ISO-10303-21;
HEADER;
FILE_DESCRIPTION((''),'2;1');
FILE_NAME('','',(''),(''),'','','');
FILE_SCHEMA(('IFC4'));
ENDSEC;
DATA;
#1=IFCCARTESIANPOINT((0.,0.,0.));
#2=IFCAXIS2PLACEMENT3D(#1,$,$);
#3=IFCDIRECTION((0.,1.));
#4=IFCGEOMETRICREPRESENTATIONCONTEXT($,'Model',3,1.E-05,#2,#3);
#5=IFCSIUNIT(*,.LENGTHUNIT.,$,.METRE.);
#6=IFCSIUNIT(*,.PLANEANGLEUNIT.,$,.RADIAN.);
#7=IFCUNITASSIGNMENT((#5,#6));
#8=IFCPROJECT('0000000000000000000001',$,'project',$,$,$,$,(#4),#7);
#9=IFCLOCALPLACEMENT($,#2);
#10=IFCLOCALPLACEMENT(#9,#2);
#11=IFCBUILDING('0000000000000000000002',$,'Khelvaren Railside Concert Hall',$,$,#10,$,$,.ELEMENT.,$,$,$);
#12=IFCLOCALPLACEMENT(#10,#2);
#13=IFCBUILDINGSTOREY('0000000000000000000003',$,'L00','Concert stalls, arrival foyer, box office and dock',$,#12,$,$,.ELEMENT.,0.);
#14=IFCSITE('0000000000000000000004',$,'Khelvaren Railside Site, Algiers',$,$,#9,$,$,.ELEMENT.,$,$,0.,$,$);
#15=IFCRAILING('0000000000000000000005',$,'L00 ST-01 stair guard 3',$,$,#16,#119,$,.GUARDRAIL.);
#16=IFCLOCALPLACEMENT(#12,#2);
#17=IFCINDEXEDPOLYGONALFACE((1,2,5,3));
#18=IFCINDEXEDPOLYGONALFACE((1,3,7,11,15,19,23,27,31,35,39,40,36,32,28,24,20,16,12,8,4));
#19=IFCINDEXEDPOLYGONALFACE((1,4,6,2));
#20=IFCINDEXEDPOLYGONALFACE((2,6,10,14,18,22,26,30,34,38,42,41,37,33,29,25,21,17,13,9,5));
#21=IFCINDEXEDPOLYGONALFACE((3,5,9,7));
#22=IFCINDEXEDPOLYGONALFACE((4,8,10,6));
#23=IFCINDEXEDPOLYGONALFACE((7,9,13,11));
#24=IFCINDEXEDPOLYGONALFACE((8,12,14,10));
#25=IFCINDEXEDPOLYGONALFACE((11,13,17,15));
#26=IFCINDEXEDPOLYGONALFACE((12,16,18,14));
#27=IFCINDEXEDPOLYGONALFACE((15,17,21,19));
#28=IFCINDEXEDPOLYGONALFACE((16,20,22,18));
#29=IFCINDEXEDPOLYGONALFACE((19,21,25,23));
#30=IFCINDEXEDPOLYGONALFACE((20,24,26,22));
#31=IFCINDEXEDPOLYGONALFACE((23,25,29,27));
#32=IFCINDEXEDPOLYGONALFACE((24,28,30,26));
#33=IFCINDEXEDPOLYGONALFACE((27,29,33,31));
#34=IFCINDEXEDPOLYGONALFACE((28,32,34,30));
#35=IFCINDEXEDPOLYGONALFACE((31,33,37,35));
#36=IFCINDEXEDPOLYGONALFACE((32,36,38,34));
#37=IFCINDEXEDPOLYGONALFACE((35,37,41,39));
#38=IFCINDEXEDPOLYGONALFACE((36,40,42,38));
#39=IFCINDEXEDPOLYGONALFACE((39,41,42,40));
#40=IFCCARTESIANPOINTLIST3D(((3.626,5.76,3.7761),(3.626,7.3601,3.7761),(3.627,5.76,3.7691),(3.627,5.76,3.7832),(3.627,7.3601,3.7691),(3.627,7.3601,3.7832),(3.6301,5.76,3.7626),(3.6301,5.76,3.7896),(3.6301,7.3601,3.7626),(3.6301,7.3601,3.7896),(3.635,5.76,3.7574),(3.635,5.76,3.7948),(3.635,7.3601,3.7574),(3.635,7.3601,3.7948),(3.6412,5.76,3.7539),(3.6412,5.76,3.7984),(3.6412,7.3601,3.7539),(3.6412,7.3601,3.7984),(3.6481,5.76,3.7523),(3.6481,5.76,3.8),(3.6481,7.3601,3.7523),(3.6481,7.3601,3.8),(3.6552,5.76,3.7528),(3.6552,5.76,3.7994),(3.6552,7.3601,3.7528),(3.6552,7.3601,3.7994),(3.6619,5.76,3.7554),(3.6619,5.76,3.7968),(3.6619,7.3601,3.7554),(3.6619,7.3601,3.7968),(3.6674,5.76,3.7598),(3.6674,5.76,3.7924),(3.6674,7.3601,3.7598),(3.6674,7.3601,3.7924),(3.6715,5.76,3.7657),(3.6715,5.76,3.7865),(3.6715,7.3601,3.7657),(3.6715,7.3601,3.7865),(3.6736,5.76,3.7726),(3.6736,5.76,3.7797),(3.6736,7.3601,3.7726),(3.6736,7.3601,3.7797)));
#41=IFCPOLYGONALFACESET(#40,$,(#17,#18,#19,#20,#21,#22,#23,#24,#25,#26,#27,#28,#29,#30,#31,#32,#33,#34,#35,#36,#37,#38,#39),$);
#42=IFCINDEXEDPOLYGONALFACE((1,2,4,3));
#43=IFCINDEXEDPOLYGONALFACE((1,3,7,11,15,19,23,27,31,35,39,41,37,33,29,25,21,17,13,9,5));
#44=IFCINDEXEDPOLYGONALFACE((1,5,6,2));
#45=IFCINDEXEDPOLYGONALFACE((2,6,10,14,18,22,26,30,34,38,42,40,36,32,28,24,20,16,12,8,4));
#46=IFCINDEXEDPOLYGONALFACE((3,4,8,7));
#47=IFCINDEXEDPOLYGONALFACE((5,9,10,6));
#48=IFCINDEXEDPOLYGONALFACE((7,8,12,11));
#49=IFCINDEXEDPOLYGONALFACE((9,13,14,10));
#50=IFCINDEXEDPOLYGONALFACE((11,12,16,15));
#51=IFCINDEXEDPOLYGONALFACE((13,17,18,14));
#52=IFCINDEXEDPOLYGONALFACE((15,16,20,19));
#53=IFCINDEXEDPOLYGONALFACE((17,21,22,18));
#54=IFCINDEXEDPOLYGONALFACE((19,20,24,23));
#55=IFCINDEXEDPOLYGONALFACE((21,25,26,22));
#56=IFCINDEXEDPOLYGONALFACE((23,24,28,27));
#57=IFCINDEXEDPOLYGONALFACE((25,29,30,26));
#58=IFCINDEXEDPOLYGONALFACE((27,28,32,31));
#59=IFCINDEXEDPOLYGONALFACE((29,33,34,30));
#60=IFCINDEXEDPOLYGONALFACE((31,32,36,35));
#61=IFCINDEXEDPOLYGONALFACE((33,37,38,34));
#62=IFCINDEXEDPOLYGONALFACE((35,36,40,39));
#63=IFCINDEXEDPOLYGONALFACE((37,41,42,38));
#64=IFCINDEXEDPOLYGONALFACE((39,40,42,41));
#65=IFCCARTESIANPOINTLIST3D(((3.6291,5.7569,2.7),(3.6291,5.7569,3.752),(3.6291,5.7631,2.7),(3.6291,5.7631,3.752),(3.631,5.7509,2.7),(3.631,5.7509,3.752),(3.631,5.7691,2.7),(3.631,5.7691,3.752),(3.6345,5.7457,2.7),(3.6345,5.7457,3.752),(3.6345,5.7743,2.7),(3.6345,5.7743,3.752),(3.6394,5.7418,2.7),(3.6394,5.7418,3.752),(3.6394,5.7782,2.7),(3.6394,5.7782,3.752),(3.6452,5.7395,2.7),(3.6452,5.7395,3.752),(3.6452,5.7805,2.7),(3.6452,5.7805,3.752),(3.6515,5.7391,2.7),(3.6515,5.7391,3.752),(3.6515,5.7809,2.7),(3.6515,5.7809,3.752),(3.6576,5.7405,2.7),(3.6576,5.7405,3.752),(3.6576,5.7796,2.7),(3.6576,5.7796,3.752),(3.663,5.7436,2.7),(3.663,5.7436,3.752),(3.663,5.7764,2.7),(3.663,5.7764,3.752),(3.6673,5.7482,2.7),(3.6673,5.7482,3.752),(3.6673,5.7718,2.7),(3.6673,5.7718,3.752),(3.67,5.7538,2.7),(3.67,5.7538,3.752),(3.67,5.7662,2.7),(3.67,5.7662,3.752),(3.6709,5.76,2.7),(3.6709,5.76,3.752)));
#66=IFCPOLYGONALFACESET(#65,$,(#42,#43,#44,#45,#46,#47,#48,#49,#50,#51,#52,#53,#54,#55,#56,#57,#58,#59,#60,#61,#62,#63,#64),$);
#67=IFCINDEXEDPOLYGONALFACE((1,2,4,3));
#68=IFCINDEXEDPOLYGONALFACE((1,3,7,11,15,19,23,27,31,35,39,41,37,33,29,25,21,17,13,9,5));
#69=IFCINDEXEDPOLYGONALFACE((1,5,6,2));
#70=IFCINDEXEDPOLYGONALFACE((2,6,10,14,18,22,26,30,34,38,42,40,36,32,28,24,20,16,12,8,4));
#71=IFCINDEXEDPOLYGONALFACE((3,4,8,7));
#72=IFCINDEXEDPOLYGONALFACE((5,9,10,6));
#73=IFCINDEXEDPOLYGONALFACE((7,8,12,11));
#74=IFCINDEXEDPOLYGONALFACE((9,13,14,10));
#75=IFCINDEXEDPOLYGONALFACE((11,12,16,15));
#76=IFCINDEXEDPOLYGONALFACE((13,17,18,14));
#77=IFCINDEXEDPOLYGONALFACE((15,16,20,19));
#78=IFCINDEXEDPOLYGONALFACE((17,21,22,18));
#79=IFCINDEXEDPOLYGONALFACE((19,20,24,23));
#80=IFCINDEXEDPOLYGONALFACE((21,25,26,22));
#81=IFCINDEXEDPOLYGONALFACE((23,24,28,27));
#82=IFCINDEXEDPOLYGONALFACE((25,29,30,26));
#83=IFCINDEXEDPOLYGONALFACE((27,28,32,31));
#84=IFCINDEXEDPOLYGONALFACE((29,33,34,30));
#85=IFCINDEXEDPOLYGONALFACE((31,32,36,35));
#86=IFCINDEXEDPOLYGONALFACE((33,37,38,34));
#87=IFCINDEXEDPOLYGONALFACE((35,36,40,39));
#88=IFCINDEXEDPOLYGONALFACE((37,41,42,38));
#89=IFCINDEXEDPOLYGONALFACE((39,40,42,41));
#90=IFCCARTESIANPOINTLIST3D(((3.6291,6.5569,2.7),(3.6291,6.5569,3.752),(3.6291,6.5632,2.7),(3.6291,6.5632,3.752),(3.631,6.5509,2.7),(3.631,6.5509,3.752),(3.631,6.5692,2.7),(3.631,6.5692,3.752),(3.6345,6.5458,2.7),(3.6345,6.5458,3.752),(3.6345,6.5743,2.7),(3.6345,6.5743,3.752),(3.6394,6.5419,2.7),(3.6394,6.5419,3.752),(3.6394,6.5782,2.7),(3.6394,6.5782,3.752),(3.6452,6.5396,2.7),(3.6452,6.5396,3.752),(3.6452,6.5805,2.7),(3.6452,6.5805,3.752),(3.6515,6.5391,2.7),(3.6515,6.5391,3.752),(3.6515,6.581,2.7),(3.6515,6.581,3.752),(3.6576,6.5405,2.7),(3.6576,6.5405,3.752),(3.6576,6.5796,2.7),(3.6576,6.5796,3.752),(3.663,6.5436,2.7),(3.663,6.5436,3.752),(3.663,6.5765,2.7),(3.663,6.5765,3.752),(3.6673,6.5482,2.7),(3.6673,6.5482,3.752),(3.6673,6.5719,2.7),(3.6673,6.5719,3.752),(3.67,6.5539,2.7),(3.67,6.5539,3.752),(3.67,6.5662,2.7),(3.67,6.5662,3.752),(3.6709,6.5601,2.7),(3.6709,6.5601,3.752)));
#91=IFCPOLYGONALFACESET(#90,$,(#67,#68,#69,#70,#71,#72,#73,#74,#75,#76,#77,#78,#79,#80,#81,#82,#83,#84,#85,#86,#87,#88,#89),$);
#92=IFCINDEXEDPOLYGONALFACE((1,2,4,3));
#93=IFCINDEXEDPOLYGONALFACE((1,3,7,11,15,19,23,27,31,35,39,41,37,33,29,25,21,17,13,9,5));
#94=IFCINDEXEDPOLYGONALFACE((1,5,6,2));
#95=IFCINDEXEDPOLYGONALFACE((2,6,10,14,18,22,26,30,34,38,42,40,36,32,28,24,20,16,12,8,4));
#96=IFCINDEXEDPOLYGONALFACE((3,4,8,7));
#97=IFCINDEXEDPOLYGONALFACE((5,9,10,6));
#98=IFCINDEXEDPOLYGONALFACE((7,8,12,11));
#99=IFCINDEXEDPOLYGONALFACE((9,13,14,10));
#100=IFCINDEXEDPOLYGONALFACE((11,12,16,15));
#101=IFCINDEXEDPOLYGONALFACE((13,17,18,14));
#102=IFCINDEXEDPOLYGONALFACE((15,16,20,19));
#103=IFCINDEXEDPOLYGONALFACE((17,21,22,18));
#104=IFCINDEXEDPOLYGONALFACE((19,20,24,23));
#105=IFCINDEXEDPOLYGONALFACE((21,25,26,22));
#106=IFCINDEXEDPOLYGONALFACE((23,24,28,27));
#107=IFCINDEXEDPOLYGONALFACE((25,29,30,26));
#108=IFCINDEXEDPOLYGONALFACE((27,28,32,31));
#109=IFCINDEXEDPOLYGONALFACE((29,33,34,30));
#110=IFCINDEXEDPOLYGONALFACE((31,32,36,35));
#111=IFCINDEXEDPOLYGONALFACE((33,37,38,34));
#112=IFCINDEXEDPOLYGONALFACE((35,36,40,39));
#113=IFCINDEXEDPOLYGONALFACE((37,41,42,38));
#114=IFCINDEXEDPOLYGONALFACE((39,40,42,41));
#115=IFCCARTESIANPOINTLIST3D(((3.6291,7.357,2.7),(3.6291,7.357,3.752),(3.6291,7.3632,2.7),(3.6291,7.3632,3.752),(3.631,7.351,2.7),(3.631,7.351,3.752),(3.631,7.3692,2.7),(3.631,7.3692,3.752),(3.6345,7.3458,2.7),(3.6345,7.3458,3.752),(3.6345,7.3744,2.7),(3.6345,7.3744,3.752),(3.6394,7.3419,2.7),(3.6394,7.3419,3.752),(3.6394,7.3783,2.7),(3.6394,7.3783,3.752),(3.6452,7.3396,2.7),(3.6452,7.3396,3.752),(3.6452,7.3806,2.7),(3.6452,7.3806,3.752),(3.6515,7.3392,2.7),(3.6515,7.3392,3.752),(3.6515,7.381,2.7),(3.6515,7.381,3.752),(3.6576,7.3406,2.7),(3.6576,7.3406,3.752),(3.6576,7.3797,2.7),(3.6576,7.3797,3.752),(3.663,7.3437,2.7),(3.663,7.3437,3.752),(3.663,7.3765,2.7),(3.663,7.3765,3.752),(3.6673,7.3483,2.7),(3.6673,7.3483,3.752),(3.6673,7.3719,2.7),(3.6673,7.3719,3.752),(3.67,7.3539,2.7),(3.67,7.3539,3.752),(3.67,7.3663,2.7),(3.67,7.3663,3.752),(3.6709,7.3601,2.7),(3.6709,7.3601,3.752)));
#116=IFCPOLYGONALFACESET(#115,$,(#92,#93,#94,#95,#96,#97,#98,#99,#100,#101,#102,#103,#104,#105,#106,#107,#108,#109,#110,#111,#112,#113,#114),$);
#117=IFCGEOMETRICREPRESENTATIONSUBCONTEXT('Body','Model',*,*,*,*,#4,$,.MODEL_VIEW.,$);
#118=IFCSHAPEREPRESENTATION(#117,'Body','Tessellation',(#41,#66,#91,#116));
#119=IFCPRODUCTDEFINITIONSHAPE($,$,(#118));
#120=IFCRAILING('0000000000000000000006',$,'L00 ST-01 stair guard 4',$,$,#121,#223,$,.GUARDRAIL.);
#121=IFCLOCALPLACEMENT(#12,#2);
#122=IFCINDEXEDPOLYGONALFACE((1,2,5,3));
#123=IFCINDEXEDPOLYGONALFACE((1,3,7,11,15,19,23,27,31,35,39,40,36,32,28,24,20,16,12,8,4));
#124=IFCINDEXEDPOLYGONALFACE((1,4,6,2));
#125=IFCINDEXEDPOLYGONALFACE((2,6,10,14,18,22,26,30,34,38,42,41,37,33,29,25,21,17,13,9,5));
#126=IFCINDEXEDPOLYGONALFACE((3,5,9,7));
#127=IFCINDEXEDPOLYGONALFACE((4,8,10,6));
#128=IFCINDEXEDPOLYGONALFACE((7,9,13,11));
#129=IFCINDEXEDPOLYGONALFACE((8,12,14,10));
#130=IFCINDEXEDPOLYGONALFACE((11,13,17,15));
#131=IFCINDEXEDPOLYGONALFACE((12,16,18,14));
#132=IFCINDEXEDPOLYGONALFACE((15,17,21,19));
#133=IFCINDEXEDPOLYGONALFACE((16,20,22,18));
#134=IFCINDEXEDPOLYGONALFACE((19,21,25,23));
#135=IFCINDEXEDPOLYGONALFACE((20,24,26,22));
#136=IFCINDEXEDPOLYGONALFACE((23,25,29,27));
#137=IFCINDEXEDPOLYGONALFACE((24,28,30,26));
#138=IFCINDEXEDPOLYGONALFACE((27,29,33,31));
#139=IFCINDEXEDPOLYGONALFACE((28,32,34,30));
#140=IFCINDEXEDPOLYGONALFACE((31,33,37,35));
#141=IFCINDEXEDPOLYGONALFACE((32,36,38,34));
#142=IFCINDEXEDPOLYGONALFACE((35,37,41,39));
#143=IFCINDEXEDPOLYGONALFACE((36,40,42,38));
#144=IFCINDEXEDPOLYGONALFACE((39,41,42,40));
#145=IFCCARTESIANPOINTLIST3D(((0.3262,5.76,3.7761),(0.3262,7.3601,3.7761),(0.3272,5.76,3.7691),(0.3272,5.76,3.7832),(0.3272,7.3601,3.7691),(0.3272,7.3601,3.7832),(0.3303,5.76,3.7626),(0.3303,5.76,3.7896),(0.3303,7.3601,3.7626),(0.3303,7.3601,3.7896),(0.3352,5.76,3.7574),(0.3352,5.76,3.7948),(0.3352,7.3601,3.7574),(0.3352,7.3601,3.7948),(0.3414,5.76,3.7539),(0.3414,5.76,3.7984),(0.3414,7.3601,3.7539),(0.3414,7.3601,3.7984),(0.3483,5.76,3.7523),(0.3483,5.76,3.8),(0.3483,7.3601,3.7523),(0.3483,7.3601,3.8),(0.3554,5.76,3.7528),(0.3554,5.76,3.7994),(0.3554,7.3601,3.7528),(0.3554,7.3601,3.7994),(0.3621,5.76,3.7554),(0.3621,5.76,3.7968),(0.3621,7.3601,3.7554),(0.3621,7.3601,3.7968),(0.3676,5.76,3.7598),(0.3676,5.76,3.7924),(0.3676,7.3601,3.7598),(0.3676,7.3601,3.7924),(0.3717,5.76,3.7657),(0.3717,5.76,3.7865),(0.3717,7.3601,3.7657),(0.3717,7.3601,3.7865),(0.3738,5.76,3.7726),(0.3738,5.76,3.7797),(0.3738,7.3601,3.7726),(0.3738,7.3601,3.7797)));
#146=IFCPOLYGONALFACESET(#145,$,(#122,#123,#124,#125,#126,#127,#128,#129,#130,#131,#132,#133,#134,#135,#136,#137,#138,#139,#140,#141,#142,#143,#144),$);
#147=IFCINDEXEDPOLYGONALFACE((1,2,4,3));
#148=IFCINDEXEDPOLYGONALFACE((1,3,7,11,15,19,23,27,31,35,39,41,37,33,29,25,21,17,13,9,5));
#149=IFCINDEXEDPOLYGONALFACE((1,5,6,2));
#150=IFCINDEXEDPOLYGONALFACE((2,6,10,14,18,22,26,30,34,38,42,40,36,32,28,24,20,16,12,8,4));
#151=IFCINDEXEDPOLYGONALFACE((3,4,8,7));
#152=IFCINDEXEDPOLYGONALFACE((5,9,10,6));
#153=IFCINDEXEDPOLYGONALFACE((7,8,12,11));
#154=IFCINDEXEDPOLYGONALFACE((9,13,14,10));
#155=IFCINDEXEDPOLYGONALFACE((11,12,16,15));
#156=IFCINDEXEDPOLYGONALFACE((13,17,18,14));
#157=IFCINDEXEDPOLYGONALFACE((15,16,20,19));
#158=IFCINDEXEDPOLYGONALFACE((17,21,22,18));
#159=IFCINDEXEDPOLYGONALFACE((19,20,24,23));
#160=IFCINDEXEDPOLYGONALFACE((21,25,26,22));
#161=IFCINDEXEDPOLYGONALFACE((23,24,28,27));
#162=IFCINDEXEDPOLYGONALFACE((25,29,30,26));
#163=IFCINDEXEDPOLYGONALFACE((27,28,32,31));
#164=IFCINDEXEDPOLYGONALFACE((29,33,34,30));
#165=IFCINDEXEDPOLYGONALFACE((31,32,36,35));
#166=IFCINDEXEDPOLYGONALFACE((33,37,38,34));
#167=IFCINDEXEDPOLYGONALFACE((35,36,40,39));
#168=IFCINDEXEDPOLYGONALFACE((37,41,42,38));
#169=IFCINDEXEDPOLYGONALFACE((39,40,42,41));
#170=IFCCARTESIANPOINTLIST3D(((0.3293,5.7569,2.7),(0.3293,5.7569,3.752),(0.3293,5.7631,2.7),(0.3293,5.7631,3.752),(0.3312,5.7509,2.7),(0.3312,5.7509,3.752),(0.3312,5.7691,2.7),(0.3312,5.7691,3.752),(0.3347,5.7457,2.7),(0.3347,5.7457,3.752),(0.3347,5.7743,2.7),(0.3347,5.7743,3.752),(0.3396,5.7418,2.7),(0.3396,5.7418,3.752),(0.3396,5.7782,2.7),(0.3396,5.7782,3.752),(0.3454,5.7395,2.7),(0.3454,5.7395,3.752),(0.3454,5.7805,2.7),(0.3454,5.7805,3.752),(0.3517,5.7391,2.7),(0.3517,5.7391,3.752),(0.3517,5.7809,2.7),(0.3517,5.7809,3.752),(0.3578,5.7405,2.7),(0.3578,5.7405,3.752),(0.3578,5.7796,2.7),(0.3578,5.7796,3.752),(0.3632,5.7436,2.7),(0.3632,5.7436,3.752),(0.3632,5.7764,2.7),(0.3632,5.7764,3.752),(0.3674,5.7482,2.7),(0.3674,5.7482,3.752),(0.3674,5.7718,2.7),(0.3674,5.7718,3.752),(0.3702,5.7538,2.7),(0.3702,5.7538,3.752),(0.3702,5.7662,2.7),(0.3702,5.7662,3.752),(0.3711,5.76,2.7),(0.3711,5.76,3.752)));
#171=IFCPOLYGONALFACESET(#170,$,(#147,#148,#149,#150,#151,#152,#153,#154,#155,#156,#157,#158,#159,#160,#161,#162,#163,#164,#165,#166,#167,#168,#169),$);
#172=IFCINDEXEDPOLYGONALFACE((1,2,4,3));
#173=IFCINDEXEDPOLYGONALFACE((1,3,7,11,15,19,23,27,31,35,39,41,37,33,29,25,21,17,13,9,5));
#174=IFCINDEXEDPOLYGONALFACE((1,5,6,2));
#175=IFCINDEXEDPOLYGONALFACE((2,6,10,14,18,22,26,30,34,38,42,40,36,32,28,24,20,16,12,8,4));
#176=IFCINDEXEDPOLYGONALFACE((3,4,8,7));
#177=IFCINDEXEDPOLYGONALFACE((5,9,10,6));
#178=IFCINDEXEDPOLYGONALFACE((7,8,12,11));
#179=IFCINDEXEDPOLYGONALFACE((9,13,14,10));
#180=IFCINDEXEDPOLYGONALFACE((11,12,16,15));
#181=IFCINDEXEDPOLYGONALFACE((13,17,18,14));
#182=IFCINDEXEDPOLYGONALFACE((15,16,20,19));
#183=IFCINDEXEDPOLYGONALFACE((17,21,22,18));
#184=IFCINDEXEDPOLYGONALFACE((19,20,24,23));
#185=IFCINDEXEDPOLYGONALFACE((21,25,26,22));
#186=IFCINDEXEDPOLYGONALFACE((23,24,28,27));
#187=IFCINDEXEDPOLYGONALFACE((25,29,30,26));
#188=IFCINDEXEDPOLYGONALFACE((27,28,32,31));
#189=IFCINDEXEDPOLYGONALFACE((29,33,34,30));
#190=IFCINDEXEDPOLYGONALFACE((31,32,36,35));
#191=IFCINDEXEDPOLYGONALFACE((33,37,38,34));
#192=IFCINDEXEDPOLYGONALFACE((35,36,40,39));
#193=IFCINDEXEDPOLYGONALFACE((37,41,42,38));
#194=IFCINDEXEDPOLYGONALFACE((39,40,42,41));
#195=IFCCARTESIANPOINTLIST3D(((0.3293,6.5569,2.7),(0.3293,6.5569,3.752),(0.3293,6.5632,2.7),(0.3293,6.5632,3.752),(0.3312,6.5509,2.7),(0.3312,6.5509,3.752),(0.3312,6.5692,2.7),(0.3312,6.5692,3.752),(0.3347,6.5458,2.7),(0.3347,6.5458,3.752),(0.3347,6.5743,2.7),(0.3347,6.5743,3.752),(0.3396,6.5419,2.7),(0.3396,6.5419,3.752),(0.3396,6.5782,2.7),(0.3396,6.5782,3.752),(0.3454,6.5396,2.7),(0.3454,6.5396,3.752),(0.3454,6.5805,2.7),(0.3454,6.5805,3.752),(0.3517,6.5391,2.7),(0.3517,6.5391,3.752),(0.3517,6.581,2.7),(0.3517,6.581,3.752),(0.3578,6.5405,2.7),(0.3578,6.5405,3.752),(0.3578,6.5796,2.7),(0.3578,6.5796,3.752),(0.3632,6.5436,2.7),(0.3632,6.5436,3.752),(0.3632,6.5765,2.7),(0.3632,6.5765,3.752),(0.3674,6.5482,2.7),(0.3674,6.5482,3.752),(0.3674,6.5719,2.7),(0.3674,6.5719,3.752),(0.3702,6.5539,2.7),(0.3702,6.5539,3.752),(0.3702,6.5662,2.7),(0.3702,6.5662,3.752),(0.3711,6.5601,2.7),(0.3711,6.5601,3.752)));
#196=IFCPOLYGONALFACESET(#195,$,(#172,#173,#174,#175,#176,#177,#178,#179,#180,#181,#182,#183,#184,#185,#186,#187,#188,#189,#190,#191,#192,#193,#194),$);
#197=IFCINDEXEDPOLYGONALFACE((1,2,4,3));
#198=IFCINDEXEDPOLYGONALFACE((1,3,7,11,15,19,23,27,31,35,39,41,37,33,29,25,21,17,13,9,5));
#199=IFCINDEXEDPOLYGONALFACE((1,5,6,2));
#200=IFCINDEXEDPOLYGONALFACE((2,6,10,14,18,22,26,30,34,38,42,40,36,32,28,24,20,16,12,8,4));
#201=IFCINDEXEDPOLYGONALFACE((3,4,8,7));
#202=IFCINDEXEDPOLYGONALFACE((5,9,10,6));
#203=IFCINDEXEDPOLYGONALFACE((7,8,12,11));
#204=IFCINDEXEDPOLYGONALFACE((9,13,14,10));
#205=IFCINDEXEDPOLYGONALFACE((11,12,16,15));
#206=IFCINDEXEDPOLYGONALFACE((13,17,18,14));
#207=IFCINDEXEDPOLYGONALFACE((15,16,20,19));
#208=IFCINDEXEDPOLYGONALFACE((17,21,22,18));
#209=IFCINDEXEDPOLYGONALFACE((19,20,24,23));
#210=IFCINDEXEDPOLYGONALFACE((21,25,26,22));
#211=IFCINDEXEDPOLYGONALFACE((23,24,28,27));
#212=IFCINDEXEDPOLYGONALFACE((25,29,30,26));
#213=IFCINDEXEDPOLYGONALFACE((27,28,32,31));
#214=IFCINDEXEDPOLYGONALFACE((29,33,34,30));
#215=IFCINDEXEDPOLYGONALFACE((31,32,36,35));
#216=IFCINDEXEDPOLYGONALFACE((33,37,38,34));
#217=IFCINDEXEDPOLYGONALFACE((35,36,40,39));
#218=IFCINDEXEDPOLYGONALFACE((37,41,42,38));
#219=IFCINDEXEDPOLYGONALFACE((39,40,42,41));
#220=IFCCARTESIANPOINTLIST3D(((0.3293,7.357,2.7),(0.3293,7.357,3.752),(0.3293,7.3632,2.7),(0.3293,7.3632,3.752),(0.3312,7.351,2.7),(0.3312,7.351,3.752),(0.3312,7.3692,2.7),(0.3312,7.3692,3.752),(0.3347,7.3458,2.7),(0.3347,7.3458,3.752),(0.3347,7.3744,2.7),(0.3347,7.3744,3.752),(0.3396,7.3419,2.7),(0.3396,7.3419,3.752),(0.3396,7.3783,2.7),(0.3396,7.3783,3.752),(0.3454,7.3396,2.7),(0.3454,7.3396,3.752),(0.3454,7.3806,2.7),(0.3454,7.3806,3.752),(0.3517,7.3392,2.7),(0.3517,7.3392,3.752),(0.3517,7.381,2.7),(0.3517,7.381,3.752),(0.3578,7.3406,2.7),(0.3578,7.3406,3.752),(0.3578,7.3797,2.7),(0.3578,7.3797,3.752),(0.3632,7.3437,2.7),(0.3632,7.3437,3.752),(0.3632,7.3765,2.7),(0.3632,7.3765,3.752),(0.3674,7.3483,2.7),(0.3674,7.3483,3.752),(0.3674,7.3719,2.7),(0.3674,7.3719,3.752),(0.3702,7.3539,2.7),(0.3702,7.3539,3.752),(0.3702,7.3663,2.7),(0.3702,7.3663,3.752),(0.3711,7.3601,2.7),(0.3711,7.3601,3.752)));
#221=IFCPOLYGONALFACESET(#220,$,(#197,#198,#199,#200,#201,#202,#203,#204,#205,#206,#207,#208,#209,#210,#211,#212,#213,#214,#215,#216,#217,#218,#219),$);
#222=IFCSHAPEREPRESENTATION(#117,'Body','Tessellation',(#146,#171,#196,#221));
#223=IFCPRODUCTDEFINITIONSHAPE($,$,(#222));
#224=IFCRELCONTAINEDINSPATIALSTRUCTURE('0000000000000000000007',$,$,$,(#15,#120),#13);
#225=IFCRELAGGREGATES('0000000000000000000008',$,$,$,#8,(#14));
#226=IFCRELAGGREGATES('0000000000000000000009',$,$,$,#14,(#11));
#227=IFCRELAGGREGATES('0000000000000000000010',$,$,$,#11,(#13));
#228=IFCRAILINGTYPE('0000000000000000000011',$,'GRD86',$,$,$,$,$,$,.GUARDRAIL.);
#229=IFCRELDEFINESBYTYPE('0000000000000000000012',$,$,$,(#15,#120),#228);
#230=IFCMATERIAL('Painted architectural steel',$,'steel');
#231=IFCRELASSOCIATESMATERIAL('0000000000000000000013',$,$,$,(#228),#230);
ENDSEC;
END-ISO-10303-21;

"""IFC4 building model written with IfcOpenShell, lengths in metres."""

from ifc_helpers import new_model, si_unit, direction, frame, origin, origin_2d, place, context, subcontext, project, spatial, circle, extrude, material, type_object, element, save


model = new_model("IFC4")

# Units and contexts
model_context = context("Model", 3, precision=1e-05, world=origin(), true_north=direction((0.0, 1.0)))
body_context = subcontext(model_context, "Body", "Model", "MODEL_VIEW")
ifc_project = project(units=[si_unit("LENGTHUNIT", "METRE"), si_unit("PLANEANGLEUNIT", "RADIAN")], contexts=[model_context])

# Site, building, storey
site_placement = place(None, origin())
site = spatial("IfcSite", under=ifc_project, at=site_placement, Name="Khelvaren Railside Site, Algiers", CompositionType="ELEMENT", RefElevation=0.0)
building_placement = place(site_placement, origin())
building = spatial("IfcBuilding", under=site, at=building_placement, Name="Khelvaren Railside Concert Hall", CompositionType="ELEMENT")
storey_placement = place(building_placement, origin())
storey = spatial("IfcBuildingStorey", under=building, at=storey_placement, Name="L00", Description="Concert stalls, arrival foyer, box office and dock", CompositionType="ELEMENT", Elevation=0.0)

# Railings
ifc_material_1 = material(Name="Painted architectural steel", Category="steel")
railing_type_1 = type_object("IfcRailingType", Name="GRD86", PredefinedType="GUARDRAIL", material=ifc_material_1)
for number, where, name in (
    (1, (3.6499, 5.76, 2.7), "L00 ST-01 stair guard 3"),
    (2, (0.3501, 5.76, 2.7), "L00 ST-01 stair guard 4"),
):
    element("IfcRailing", number, at=place(storey_placement, frame(where)), inside=storey, type_object=railing_type_1, Name=name, PredefinedType="GUARDRAIL", context=body_context, shape_type="SweptSolid", body=[
        extrude(circle(Radius=0.0239, at=origin_2d()), frame((0.0, 0.0, 1.0762), z_axis=(0.0, 1.0, 0.0), x_axis=(-1.0, 0.0, 0.0)), (0.0, 0.0, 1.0), 1.6001),
        extrude(circle(Radius=0.021, at=origin_2d()), origin(), (0.0, 0.0, 1.0), 1.052),
        extrude(circle(Radius=0.021, at=origin_2d()), frame((0.0, 0.8, 0.0)), (0.0, 0.0, 1.0), 1.052),
        extrude(circle(Radius=0.021, at=origin_2d()), frame((0.0, 1.6001, 0.0)), (0.0, 0.0, 1.0), 1.052),
    ])

save(model, "model.ifc")
